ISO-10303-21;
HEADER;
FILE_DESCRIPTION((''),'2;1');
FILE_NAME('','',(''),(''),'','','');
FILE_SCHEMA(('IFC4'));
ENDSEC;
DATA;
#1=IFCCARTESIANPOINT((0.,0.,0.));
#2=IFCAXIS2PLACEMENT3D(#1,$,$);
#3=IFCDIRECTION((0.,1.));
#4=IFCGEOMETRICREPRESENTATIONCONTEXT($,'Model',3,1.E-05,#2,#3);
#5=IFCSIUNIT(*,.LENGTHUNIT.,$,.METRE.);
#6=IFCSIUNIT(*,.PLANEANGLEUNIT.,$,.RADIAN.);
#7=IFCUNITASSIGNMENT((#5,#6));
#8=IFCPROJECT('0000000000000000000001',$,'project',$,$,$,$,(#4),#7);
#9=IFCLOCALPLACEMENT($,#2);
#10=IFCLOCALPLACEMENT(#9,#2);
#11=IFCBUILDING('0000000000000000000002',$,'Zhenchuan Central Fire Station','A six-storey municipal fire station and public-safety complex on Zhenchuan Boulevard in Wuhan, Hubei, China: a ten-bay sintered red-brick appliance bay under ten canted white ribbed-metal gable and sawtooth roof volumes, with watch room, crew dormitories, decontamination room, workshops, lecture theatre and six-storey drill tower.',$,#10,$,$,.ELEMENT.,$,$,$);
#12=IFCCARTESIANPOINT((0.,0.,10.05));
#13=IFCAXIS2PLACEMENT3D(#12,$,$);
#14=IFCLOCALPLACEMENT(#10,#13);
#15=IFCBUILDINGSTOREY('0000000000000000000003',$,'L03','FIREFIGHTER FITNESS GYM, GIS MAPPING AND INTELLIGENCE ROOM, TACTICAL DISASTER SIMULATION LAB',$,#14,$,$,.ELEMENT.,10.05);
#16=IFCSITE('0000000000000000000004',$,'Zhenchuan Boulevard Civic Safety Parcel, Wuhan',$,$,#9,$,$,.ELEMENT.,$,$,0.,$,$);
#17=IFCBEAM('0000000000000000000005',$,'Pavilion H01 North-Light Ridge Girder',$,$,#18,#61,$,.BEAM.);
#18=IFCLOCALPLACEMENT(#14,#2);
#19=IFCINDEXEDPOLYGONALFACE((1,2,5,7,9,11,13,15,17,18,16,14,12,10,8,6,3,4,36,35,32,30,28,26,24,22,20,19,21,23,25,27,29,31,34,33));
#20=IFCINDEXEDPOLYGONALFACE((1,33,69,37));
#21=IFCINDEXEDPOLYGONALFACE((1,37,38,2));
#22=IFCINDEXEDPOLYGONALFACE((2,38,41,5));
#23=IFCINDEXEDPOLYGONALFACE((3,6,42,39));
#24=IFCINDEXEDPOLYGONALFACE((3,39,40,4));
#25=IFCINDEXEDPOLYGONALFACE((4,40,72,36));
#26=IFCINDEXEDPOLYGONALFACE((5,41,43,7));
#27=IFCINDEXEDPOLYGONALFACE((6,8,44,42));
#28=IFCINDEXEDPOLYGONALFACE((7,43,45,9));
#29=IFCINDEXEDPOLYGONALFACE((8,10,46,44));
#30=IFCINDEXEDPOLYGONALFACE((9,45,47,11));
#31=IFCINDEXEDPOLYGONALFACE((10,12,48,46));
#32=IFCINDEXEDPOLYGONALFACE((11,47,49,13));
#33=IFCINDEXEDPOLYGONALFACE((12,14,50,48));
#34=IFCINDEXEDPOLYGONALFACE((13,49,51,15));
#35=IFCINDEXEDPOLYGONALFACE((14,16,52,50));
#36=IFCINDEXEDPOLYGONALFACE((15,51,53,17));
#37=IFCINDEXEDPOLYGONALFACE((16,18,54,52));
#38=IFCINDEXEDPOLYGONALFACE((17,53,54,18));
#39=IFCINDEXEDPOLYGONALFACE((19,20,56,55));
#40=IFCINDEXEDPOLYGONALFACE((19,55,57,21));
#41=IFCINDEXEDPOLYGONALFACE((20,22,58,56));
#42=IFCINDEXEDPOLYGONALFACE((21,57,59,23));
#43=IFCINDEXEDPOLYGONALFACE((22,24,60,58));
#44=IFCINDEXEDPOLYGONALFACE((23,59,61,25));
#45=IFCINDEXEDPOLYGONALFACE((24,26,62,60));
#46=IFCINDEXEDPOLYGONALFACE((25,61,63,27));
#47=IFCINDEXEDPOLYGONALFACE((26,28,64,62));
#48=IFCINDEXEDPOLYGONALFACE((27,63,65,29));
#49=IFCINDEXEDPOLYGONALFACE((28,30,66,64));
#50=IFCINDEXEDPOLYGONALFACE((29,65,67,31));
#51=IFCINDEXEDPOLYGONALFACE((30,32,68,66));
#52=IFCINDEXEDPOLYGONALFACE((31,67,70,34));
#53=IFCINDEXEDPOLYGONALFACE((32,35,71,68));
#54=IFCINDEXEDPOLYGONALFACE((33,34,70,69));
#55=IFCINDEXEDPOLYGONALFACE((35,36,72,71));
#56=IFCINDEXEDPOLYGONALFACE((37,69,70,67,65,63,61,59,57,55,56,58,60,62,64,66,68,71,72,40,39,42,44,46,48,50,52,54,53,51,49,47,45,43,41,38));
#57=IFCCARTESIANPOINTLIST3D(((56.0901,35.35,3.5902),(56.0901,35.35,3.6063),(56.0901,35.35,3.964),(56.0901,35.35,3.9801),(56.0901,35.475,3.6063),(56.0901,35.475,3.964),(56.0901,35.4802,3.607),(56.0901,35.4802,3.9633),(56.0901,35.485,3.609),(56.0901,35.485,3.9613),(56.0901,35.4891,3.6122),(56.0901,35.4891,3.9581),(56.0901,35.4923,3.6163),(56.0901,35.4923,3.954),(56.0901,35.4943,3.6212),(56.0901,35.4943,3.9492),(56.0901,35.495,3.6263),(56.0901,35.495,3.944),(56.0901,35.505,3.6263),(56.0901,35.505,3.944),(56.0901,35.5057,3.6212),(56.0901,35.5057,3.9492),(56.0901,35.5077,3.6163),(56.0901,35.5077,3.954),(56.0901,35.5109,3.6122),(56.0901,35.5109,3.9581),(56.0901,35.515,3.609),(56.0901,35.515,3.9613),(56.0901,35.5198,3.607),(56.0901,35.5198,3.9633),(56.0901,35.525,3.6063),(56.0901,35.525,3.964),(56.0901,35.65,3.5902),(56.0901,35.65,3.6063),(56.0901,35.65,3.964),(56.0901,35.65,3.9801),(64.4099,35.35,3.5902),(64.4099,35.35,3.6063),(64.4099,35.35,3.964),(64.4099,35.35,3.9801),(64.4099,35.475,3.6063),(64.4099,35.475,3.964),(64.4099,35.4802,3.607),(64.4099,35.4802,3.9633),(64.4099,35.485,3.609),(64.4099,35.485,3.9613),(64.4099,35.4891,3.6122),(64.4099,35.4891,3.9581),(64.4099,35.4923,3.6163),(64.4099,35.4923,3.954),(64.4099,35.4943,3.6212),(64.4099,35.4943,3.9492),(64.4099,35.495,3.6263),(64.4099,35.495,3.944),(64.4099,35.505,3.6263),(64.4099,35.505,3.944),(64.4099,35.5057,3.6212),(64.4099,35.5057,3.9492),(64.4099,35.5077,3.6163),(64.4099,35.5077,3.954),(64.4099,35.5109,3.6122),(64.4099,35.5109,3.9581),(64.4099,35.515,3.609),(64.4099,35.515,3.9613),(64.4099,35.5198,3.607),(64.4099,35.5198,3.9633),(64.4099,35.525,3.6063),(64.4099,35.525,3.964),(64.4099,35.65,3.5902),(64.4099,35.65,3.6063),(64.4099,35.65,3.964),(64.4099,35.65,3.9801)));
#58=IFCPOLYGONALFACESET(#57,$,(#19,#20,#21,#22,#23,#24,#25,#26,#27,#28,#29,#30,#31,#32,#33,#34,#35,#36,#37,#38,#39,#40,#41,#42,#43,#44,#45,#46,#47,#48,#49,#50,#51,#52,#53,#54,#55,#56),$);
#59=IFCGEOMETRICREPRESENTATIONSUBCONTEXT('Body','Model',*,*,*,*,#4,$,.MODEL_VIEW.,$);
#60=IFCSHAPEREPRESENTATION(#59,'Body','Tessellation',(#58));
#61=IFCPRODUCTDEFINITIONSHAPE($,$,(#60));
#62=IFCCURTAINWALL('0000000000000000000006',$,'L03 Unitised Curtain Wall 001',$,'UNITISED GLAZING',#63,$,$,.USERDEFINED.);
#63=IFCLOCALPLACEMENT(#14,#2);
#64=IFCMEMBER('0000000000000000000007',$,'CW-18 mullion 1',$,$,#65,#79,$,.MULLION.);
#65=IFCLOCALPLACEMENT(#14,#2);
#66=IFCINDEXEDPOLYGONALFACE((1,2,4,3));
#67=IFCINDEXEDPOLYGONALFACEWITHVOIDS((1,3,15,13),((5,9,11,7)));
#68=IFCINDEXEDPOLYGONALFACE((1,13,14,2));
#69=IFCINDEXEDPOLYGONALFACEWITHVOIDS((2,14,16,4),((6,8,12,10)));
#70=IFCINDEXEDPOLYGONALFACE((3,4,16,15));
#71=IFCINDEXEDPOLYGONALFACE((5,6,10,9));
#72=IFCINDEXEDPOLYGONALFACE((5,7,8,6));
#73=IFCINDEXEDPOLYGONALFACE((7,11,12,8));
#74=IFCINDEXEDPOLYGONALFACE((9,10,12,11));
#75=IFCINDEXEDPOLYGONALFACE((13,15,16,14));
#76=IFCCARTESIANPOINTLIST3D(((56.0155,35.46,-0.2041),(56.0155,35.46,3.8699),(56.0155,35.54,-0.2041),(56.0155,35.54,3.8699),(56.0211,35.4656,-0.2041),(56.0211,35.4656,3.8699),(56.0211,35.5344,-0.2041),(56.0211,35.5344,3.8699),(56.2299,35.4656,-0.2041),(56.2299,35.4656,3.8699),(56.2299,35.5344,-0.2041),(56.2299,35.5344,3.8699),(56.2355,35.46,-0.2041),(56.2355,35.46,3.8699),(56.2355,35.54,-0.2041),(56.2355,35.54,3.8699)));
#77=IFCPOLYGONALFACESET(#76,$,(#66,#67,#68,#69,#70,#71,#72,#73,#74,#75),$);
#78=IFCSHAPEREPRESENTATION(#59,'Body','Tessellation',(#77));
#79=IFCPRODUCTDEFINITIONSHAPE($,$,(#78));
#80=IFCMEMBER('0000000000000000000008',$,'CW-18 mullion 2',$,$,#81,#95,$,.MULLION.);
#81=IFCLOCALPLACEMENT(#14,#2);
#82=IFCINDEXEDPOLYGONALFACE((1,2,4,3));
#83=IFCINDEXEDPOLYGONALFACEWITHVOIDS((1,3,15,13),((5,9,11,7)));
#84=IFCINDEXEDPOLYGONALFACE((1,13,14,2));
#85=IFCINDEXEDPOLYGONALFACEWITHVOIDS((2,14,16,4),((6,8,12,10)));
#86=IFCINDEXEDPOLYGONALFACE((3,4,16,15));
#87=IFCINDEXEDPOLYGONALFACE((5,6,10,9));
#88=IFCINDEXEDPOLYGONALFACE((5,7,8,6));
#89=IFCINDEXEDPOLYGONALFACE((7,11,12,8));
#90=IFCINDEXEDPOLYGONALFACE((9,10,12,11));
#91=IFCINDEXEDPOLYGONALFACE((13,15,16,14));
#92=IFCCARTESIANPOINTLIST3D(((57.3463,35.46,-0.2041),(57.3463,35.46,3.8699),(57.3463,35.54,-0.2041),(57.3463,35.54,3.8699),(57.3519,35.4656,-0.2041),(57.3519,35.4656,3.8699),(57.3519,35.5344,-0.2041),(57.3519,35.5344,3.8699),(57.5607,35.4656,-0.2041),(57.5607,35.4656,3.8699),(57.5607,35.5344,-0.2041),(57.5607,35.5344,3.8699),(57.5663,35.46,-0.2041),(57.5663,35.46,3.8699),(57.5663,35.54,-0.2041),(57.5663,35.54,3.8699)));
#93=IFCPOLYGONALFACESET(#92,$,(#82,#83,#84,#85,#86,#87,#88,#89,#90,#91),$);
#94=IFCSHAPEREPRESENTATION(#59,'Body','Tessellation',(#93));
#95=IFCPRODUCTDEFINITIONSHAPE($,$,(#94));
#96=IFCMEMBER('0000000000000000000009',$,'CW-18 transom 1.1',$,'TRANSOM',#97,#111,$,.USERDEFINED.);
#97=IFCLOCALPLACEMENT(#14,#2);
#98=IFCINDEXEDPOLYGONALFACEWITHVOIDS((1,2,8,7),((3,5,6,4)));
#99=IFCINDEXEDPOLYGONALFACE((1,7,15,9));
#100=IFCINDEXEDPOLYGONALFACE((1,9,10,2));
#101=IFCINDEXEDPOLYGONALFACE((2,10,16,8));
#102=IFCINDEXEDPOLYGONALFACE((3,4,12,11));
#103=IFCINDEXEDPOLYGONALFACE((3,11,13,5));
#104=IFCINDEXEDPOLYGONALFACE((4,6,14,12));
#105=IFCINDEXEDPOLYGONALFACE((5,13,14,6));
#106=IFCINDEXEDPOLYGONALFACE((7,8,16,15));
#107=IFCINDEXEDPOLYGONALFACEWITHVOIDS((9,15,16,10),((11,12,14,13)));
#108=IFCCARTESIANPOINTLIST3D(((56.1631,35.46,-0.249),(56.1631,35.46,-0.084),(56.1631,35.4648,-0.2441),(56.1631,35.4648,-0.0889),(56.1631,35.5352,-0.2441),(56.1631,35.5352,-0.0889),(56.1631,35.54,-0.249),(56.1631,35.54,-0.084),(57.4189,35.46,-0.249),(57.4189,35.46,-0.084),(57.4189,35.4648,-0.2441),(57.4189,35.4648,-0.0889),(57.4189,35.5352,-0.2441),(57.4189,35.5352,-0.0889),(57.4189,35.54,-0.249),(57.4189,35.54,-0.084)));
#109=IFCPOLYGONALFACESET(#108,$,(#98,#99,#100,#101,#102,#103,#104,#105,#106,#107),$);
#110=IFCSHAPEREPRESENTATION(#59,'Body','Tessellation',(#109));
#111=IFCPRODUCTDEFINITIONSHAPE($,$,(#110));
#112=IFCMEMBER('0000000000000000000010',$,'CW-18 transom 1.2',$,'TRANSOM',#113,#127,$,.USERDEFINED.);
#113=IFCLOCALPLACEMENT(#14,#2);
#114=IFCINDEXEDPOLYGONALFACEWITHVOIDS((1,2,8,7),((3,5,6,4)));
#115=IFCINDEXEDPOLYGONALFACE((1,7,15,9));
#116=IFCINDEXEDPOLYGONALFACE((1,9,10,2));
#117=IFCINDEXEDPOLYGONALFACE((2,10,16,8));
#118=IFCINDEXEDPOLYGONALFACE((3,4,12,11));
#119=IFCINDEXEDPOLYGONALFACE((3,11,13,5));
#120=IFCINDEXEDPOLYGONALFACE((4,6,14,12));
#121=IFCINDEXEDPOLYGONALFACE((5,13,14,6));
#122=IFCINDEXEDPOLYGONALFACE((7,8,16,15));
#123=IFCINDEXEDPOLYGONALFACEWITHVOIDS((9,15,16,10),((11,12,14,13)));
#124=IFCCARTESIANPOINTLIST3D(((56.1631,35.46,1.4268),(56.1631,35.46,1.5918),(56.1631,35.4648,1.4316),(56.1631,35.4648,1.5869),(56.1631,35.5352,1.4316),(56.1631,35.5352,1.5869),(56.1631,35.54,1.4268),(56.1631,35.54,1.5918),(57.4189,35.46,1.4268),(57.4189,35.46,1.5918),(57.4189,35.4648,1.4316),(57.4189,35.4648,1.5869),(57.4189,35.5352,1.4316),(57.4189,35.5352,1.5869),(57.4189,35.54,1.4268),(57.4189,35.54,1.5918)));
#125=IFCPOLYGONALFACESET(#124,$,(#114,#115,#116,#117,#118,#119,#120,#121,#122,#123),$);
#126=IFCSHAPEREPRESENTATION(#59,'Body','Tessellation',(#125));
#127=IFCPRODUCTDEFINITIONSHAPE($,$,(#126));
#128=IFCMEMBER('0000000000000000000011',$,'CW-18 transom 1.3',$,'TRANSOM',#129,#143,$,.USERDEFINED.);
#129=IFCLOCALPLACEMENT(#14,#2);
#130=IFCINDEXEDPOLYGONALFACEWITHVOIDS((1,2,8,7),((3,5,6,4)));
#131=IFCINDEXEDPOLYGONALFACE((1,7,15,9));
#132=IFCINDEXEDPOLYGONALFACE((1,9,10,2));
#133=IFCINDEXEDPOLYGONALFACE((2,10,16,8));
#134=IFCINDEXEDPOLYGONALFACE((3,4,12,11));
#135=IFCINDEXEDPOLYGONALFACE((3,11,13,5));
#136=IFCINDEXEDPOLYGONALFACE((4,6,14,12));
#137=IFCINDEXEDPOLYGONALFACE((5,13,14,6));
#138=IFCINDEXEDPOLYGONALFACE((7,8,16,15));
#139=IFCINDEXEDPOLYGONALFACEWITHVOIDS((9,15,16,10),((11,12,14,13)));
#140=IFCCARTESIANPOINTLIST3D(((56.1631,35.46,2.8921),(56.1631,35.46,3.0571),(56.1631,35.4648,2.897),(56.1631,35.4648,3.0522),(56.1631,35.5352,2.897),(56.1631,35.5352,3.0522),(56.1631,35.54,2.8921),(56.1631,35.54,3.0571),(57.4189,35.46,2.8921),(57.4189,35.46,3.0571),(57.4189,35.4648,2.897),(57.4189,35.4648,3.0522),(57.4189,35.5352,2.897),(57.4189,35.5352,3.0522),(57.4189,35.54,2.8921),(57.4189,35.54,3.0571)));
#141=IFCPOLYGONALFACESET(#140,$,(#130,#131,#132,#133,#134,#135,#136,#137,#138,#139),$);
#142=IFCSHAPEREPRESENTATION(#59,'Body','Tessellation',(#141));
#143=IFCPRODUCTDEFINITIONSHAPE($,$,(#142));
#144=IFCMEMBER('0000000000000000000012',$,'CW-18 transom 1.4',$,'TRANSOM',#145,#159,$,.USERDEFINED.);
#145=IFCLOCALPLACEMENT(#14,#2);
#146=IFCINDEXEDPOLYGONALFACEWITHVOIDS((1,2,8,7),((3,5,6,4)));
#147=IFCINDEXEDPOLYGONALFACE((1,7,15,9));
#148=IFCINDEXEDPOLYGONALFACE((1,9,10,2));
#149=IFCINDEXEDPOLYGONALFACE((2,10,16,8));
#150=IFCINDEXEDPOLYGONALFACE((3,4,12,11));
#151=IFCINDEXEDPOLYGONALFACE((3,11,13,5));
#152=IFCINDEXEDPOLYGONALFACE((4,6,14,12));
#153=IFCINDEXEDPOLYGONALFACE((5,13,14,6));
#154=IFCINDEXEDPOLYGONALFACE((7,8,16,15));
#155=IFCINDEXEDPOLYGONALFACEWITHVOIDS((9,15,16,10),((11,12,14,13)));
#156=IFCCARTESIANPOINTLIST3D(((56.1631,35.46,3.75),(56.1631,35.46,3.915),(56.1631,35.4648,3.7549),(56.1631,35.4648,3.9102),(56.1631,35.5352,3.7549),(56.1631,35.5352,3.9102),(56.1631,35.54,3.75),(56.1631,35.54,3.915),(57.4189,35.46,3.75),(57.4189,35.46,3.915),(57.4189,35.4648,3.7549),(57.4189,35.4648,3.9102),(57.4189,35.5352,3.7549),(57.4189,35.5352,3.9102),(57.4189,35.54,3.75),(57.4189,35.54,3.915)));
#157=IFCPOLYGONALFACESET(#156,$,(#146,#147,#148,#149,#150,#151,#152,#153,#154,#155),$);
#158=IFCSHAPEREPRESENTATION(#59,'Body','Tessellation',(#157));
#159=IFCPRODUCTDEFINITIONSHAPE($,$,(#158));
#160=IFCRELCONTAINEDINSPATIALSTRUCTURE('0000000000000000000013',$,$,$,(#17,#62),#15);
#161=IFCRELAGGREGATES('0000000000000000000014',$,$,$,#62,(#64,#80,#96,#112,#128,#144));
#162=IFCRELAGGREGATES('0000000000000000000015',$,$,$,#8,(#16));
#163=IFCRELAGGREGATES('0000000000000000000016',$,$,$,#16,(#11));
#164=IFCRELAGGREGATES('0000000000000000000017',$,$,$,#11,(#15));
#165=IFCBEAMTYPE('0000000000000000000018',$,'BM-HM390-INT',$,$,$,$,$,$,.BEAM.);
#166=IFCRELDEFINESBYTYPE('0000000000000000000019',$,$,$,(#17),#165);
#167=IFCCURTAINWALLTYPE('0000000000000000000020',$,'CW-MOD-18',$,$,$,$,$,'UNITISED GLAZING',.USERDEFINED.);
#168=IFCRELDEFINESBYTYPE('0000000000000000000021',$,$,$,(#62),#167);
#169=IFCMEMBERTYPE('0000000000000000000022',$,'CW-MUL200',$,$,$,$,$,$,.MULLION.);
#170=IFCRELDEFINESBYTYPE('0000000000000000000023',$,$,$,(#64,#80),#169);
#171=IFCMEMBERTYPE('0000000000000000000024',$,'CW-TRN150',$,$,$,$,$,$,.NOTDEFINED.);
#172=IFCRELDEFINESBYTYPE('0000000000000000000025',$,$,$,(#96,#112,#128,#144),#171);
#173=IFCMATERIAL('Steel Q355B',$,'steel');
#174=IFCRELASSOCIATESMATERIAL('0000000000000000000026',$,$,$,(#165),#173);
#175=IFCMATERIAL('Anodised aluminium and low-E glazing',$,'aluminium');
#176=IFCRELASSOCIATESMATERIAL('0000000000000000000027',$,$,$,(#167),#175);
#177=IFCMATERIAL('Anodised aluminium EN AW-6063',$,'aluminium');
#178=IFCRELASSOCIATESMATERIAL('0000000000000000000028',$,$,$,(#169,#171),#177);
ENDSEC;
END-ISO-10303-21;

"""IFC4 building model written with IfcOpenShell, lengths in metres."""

from ifc_helpers import new_model, si_unit, direction, frame, origin, origin_2d, place, context, subcontext, project, spatial, hollow_rectangle, i_section, extrude, material, material_profile, profile_set, type_object, element, aggregate, save


model = new_model("IFC4")

# Units and contexts
model_context = context("Model", 3, precision=1e-05, world=origin(), true_north=direction((0.0, 1.0)))
body_context = subcontext(model_context, "Body", "Model", "MODEL_VIEW")
ifc_project = project(units=[si_unit("LENGTHUNIT", "METRE"), si_unit("PLANEANGLEUNIT", "RADIAN")], contexts=[model_context])

# Site, building, storey
site_placement = place(None, origin())
site = spatial("IfcSite", under=ifc_project, at=site_placement, Name="Zhenchuan Boulevard Civic Safety Parcel, Wuhan", CompositionType="ELEMENT", RefElevation=0.0)
building_placement = place(site_placement, origin())
building = spatial("IfcBuilding", under=site, at=building_placement, Name="Zhenchuan Central Fire Station", Description="A six-storey municipal fire station and public-safety complex on Zhenchuan Boulevard in Wuhan, Hubei, China: a ten-bay sintered red-brick appliance bay under ten canted white ribbed-metal gable and sawtooth roof volumes, with watch room, crew dormitories, decontamination room, workshops, lecture theatre and six-storey drill tower.", CompositionType="ELEMENT")
storey_placement = place(building_placement, frame((0.0, 0.0, 10.05)))
storey = spatial("IfcBuildingStorey", under=building, at=storey_placement, Name="L03", Description="FIREFIGHTER FITNESS GYM, GIS MAPPING AND INTELLIGENCE ROOM, TACTICAL DISASTER SIMULATION LAB", CompositionType="ELEMENT", Elevation=10.05)

# Beam
ifc_material_1 = material(Name="Steel Q355B", Category="steel")
ifc_material_profile_1 = material_profile(ifc_material_1, i_section(OverallWidth=0.3, OverallDepth=0.3899, WebThickness=0.01, FlangeThickness=0.0161, FilletRadius=0.02, at=origin_2d()), Name="HM 390x300")
ifc_profile_set_1 = profile_set([ifc_material_profile_1], Name="Steel Q355B")
beam_type = type_object("IfcBeamType", Name="BM-HM390-INT", PredefinedType="BEAM", material=ifc_profile_set_1)
beam_placement = place(storey_placement, frame((56.0901, 35.5, 3.7852), z_axis=(1.0, 0.0, 0.0), x_axis=(0.0, 1.0, 0.0)))
element("IfcBeam", 1, at=beam_placement, inside=storey, type_object=beam_type, Name="Pavilion H01 North-Light Ridge Girder", PredefinedType="BEAM", context=body_context, shape_type="SweptSolid", body=[
    extrude(i_section(OverallWidth=0.3, OverallDepth=0.3899, WebThickness=0.01, FlangeThickness=0.0161, FilletRadius=0.02, at=origin_2d()), origin(), (0.0, 0.0, 1.0), 8.3198),
])

# Curtain wall, members
ifc_material_2 = material(Name="Anodised aluminium and low-E glazing", Category="aluminium")
curtain_wall_type = type_object("IfcCurtainWallType", Name="CW-MOD-18", ElementType="UNITISED GLAZING", PredefinedType="USERDEFINED", material=ifc_material_2)
curtain_wall_placement = place(storey_placement, origin())
curtain_wall = element("IfcCurtainWall", 2, at=curtain_wall_placement, inside=storey, type_object=curtain_wall_type, Name="L03 Unitised Curtain Wall 001", ObjectType="UNITISED GLAZING", PredefinedType="USERDEFINED")
ifc_material_3 = material(Name="Anodised aluminium EN AW-6063", Category="aluminium")
ifc_material_profile_2 = material_profile(ifc_material_3, hollow_rectangle(XDim=0.0801, YDim=0.22, WallThickness=0.0056, at=origin_2d()), Name="ALU-M 220x80")
ifc_profile_set_2 = profile_set([ifc_material_profile_2], Name="Anodised aluminium EN AW-6063")
member_type_1 = type_object("IfcMemberType", Name="CW-MUL200", PredefinedType="MULLION", material=ifc_profile_set_2)
member_1_placement = place(storey_placement, frame((56.1255, 35.5, -0.2041), z_axis=(0.0, 0.0, 1.0), x_axis=(0.0, 1.0, 0.0)))
member_1 = element("IfcMember", 3, at=member_1_placement, type_object=member_type_1, Name="CW-18 mullion 1", PredefinedType="MULLION", context=body_context, shape_type="SweptSolid", body=[
    extrude(hollow_rectangle(XDim=0.0801, YDim=0.22, WallThickness=0.0056, at=origin_2d()), origin(), (0.0, 0.0, 1.0), 4.074),
])
member_2_placement = place(storey_placement, frame((57.4563, 35.5, -0.2041), z_axis=(0.0, 0.0, 1.0), x_axis=(0.0, 1.0, 0.0)))
member_2 = element("IfcMember", 4, at=member_2_placement, type_object=member_type_1, Name="CW-18 mullion 2", PredefinedType="MULLION", context=body_context, shape_type="SweptSolid", body=[
    extrude(hollow_rectangle(XDim=0.0801, YDim=0.22, WallThickness=0.0056, at=origin_2d()), origin(), (0.0, 0.0, 1.0), 4.074),
])
ifc_material_profile_3 = material_profile(ifc_material_3, hollow_rectangle(XDim=0.0801, YDim=0.165, WallThickness=0.0049, at=origin_2d()), Name="ALU-T 165x80")
ifc_profile_set_3 = profile_set([ifc_material_profile_3], Name="Anodised aluminium EN AW-6063")
member_type_2 = type_object("IfcMemberType", Name="CW-TRN150", PredefinedType="NOTDEFINED", material=ifc_profile_set_3)
member_3_placement = place(storey_placement, frame((56.1631, 35.5, -0.1665), z_axis=(1.0, 0.0, 0.0), x_axis=(0.0, 1.0, 0.0)))
member_3 = element("IfcMember", 5, at=member_3_placement, type_object=member_type_2, Name="CW-18 transom 1.1", ObjectType="TRANSOM", PredefinedType="USERDEFINED", context=body_context, shape_type="SweptSolid", body=[
    extrude(hollow_rectangle(XDim=0.0801, YDim=0.165, WallThickness=0.0049, at=origin_2d()), origin(), (0.0, 0.0, 1.0), 1.2559),
])
member_4_placement = place(storey_placement, frame((56.1631, 35.5, 1.5093), z_axis=(1.0, 0.0, 0.0), x_axis=(0.0, 1.0, 0.0)))
member_4 = element("IfcMember", 6, at=member_4_placement, type_object=member_type_2, Name="CW-18 transom 1.2", ObjectType="TRANSOM", PredefinedType="USERDEFINED", context=body_context, shape_type="SweptSolid", body=[
    extrude(hollow_rectangle(XDim=0.0801, YDim=0.165, WallThickness=0.0049, at=origin_2d()), origin(), (0.0, 0.0, 1.0), 1.2559),
])
member_5_placement = place(storey_placement, frame((56.1631, 35.5, 2.9746), z_axis=(1.0, 0.0, 0.0), x_axis=(0.0, 1.0, 0.0)))
member_5 = element("IfcMember", 7, at=member_5_placement, type_object=member_type_2, Name="CW-18 transom 1.3", ObjectType="TRANSOM", PredefinedType="USERDEFINED", context=body_context, shape_type="SweptSolid", body=[
    extrude(hollow_rectangle(XDim=0.0801, YDim=0.165, WallThickness=0.0049, at=origin_2d()), origin(), (0.0, 0.0, 1.0), 1.2559),
])
member_6_placement = place(storey_placement, frame((56.1631, 35.5, 3.8325), z_axis=(1.0, 0.0, 0.0), x_axis=(0.0, 1.0, 0.0)))
member_6 = element("IfcMember", 8, at=member_6_placement, type_object=member_type_2, Name="CW-18 transom 1.4", ObjectType="TRANSOM", PredefinedType="USERDEFINED", context=body_context, shape_type="SweptSolid", body=[
    extrude(hollow_rectangle(XDim=0.0801, YDim=0.165, WallThickness=0.0049, at=origin_2d()), origin(), (0.0, 0.0, 1.0), 1.2559),
])

aggregate(curtain_wall, [member_1, member_2, member_3, member_4, member_5, member_6])

save(model, "model.ifc")
